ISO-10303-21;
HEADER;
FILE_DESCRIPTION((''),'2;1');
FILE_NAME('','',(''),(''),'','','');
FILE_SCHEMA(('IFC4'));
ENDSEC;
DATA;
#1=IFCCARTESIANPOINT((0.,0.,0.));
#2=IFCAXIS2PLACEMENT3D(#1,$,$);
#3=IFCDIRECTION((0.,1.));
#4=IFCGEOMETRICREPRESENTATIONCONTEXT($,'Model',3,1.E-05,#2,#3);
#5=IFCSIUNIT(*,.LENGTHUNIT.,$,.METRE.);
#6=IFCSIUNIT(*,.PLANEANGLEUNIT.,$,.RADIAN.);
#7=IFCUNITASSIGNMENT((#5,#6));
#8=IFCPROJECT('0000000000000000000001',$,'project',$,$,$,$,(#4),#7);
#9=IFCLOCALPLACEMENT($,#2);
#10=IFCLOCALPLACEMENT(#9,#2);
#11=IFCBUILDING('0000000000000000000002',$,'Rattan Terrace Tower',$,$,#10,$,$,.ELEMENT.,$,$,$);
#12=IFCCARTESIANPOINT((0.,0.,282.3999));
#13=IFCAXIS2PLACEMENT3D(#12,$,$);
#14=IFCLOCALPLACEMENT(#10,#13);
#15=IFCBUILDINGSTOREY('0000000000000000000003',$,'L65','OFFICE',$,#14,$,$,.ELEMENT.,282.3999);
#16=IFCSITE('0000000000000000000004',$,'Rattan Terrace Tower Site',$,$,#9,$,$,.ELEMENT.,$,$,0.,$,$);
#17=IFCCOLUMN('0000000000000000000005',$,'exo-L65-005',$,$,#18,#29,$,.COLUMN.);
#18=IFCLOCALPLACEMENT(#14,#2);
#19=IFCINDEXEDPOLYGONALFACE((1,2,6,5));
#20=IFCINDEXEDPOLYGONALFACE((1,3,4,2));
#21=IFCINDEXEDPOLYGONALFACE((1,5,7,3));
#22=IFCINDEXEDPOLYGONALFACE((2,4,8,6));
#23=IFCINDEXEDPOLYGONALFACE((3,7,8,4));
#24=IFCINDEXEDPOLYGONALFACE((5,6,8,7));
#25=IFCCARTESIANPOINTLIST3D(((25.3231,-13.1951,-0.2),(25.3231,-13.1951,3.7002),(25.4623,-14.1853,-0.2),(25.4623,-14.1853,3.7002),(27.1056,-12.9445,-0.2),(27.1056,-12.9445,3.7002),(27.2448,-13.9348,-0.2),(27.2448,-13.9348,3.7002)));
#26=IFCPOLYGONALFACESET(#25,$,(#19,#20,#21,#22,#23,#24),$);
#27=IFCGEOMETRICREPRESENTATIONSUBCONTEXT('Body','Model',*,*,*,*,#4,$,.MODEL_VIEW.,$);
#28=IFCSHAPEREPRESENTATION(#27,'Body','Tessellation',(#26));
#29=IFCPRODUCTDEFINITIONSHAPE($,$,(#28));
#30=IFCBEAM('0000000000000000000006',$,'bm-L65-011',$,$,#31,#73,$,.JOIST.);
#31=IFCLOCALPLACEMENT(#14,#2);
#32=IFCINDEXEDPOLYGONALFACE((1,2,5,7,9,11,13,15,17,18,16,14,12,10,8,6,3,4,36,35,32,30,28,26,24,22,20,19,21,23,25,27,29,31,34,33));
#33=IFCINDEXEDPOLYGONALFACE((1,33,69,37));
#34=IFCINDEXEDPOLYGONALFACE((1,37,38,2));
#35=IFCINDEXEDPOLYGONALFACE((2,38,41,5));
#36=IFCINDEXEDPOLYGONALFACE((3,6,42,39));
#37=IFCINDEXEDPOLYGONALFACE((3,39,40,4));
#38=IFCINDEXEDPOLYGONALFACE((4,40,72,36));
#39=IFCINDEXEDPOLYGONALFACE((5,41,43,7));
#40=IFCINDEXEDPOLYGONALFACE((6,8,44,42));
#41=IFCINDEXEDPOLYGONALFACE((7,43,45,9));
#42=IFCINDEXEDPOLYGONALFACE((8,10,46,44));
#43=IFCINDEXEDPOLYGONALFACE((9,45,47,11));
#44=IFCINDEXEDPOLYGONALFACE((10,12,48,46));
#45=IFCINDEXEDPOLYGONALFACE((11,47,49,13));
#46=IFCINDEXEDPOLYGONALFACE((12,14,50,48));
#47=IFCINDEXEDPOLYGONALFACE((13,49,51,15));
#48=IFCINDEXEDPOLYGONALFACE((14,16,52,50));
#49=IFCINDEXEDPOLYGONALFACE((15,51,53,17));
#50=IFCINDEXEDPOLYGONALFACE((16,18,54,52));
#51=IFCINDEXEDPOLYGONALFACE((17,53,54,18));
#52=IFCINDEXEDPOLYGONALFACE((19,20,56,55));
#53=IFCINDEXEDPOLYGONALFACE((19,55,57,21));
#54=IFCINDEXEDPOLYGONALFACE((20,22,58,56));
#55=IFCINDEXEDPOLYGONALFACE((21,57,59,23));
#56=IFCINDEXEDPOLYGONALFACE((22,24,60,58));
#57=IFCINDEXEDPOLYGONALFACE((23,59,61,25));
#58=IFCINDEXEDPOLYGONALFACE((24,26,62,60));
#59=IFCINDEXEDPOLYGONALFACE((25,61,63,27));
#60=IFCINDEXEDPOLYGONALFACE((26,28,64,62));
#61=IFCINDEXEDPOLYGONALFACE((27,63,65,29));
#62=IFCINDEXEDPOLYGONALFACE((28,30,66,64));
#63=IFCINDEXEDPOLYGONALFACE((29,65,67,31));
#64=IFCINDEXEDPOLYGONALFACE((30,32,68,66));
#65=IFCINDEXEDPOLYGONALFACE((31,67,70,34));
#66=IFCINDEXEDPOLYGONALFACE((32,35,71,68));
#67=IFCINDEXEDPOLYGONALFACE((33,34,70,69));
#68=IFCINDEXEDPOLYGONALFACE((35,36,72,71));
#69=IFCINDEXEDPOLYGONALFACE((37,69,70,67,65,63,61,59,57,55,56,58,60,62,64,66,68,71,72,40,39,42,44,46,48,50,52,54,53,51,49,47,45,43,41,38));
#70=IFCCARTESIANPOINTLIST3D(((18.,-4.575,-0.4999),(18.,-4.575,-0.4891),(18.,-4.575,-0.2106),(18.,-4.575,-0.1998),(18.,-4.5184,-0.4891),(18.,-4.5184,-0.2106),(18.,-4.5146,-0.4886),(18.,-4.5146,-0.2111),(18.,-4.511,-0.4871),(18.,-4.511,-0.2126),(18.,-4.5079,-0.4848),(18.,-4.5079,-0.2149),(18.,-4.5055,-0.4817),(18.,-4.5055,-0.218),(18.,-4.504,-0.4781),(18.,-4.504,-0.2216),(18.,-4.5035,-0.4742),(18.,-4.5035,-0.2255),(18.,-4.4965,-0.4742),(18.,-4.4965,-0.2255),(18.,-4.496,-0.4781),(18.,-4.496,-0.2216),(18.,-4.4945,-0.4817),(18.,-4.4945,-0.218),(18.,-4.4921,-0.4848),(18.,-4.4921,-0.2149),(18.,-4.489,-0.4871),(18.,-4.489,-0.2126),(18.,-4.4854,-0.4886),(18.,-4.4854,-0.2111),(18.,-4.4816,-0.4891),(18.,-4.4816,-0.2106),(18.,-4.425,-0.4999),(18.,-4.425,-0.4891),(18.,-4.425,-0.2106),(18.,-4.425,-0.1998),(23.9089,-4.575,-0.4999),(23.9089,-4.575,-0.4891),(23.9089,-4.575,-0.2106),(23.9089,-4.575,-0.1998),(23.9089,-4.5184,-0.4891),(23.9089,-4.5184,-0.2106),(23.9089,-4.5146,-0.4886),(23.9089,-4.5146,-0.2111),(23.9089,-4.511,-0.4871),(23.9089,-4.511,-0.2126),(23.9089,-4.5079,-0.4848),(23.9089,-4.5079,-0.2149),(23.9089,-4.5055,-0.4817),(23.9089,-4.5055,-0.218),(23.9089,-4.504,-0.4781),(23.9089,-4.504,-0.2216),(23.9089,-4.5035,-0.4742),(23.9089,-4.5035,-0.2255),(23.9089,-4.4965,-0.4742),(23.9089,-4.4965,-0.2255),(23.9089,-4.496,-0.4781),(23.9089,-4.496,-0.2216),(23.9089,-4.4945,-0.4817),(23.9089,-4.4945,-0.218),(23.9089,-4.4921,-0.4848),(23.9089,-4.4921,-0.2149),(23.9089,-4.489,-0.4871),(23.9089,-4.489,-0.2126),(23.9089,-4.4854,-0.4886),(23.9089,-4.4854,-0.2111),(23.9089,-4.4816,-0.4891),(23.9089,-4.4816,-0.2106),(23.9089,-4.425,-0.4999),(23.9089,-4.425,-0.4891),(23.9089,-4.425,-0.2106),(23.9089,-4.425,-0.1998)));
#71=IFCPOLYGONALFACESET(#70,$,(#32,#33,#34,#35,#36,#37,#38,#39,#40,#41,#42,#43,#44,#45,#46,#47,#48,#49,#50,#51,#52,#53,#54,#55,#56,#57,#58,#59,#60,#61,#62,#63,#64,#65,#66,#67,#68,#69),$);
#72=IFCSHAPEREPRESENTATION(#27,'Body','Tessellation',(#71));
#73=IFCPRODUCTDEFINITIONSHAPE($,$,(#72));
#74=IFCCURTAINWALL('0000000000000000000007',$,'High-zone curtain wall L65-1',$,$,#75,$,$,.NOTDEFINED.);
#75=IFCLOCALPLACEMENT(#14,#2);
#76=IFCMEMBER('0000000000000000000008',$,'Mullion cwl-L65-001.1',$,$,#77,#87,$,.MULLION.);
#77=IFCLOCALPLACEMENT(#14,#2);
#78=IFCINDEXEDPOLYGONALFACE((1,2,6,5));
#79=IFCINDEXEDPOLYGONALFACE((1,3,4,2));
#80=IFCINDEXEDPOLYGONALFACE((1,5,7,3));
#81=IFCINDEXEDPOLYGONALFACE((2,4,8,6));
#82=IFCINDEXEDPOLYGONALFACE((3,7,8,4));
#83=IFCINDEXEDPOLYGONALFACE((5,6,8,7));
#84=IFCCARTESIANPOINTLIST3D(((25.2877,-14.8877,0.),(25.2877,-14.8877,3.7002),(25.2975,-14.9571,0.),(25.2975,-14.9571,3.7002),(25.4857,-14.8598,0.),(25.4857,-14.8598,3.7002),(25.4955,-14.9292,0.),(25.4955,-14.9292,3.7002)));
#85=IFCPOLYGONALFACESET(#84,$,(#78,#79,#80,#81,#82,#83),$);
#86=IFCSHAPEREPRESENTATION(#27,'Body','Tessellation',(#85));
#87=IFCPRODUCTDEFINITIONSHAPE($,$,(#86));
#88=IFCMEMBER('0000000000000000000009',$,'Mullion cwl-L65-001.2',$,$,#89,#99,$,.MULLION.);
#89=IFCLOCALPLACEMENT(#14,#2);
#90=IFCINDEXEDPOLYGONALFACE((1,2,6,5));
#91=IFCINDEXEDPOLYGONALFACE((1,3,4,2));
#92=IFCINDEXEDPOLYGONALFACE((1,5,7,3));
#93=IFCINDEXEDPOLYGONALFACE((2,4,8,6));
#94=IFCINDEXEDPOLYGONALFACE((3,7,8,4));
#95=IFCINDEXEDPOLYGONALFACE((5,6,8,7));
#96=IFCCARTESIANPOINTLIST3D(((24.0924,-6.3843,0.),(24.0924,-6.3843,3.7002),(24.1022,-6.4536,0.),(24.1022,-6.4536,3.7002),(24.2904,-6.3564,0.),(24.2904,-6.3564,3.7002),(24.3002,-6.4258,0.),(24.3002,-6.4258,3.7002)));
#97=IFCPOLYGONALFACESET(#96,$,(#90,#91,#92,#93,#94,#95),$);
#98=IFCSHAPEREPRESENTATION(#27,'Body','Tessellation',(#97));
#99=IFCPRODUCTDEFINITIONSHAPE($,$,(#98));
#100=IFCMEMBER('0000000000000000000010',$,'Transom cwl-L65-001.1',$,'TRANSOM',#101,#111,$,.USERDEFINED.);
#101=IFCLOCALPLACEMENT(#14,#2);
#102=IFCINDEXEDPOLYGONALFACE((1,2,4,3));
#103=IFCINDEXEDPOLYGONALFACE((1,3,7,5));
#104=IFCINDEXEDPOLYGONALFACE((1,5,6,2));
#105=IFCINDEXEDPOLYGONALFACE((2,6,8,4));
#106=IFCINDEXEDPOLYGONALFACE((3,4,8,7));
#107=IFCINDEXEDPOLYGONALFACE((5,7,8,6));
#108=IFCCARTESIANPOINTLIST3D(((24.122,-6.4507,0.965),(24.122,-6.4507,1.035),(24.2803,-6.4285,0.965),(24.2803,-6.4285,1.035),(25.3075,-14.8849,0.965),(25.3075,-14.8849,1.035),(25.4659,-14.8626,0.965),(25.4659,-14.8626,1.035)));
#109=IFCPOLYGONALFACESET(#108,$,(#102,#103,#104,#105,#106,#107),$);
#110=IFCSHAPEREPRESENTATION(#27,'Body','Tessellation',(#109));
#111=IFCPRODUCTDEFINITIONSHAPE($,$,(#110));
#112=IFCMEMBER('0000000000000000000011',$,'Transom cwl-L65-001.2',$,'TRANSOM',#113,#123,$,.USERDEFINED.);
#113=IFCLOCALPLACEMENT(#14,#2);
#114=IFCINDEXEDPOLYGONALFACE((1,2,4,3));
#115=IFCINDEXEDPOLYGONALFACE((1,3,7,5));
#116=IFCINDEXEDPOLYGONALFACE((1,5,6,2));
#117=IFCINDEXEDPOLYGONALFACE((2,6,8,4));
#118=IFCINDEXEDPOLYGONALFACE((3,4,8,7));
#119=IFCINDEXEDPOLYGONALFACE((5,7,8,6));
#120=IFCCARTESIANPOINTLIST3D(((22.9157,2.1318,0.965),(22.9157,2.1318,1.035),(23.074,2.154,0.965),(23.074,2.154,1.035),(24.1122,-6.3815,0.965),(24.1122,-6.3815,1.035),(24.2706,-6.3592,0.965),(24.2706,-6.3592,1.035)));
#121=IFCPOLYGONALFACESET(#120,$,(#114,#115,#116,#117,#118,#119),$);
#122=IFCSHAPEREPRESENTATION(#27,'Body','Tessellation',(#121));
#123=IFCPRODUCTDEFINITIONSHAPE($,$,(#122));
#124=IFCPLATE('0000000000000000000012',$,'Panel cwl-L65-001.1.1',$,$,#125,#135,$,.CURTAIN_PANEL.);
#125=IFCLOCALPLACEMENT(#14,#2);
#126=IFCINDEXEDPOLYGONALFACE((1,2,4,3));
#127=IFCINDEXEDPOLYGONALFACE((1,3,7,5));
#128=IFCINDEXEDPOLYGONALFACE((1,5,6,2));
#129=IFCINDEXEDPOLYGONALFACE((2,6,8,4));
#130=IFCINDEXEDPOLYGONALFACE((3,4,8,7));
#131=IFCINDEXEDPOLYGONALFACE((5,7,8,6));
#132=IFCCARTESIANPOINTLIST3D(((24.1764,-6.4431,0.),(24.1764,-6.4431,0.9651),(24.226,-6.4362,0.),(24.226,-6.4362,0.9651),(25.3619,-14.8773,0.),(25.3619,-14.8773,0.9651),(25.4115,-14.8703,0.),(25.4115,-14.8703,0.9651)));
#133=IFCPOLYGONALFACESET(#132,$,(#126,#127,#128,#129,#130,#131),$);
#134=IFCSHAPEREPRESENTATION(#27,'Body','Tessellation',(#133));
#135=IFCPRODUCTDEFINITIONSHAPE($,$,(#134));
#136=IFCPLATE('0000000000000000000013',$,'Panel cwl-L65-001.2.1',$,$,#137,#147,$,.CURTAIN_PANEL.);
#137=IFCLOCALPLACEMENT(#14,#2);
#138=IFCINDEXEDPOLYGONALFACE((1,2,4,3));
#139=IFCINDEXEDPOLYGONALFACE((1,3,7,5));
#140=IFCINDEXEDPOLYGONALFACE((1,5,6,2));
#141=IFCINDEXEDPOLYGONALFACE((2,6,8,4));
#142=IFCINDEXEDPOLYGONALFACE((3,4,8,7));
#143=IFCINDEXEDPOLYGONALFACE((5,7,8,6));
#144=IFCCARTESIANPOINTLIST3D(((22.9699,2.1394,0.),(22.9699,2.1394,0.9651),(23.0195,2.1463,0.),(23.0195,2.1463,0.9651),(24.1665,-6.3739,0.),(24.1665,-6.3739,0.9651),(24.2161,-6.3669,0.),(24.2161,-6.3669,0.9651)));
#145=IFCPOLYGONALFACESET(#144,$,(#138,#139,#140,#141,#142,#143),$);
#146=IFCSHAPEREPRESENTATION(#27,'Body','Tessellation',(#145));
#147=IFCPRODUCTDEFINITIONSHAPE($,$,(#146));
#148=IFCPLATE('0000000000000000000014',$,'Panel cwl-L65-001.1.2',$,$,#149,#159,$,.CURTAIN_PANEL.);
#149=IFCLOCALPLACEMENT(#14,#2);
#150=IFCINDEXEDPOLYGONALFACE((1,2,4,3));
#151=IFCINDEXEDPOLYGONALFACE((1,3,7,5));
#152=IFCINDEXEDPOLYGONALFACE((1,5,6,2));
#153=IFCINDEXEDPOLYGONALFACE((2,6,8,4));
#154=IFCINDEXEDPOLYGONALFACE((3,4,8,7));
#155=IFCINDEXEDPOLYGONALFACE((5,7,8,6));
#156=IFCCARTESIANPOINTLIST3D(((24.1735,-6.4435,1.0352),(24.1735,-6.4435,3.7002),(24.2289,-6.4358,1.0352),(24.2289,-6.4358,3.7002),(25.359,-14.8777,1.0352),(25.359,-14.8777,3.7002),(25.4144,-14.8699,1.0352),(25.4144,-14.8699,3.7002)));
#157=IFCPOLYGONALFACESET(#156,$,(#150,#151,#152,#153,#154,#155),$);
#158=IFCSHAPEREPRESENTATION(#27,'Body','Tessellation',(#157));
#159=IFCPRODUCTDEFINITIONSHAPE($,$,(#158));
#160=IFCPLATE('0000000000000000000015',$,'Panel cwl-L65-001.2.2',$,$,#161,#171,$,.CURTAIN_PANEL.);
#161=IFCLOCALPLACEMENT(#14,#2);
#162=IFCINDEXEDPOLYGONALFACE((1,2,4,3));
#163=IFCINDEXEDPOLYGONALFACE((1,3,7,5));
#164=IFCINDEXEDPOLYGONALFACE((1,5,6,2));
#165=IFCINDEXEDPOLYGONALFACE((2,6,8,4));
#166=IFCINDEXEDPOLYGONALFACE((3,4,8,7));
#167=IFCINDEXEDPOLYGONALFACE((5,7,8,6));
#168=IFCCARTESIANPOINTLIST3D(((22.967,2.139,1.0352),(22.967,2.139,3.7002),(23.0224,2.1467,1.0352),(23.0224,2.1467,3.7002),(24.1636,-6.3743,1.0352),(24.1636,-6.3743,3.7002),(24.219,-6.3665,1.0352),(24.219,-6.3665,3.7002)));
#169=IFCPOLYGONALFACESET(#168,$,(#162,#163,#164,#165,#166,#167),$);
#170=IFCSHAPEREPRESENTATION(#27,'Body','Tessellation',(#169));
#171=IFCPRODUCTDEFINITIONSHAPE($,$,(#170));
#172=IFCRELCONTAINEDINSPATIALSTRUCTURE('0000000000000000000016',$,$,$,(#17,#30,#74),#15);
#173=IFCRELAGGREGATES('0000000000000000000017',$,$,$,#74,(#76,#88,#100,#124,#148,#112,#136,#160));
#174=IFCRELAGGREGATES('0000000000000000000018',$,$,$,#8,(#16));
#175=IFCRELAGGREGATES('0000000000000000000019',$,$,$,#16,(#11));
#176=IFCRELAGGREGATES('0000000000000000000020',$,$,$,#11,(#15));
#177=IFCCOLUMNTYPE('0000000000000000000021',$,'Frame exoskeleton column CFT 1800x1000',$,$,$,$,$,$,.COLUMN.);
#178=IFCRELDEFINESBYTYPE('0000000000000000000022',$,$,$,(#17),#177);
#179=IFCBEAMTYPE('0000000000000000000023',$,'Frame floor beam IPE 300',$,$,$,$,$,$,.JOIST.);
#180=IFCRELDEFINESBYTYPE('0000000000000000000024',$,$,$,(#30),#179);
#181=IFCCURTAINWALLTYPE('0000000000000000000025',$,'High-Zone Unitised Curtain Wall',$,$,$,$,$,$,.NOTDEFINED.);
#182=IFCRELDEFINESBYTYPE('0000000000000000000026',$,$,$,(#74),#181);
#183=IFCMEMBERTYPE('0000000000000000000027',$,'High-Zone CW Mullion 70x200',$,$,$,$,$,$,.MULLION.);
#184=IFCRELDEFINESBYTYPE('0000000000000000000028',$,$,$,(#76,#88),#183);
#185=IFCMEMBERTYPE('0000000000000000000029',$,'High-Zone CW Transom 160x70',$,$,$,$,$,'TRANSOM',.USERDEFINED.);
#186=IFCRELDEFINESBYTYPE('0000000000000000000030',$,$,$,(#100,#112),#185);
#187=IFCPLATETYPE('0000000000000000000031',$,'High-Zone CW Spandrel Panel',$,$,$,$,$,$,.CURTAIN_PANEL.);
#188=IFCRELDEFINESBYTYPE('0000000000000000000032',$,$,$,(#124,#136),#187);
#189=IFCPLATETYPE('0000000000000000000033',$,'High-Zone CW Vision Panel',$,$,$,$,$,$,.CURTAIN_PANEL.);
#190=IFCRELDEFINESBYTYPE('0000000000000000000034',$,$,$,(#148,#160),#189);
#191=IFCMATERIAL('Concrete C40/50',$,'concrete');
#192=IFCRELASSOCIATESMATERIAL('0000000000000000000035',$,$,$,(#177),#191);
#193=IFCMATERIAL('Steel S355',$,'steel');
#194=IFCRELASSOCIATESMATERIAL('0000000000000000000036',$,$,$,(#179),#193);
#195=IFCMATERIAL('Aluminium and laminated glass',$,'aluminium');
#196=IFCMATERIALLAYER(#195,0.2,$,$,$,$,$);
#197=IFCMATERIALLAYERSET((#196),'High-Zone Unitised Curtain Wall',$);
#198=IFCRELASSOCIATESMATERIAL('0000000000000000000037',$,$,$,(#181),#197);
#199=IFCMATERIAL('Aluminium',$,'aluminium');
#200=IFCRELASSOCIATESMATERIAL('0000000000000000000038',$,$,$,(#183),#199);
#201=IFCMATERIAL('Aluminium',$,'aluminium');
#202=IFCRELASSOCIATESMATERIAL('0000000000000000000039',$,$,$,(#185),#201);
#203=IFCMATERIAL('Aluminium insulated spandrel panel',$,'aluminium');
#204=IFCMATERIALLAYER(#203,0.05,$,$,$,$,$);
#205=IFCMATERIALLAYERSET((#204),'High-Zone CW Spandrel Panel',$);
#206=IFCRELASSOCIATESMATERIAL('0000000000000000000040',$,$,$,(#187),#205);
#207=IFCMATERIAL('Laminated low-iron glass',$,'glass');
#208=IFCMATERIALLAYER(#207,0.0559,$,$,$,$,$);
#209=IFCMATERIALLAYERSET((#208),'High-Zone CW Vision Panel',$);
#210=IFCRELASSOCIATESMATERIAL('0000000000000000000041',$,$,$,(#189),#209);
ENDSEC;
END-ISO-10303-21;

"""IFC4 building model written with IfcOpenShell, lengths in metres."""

from ifc_helpers import new_model, si_unit, direction, frame, origin, origin_2d, place, context, subcontext, project, spatial, rectangle, i_section, extrude, material, layer, layer_set, material_profile, profile_set, type_object, element, aggregate, save


model = new_model("IFC4")

# Units and contexts
model_context = context("Model", 3, precision=1e-05, world=origin(), true_north=direction((0.0, 1.0)))
body_context = subcontext(model_context, "Body", "Model", "MODEL_VIEW")
ifc_project = project(units=[si_unit("LENGTHUNIT", "METRE"), si_unit("PLANEANGLEUNIT", "RADIAN")], contexts=[model_context])

# Site, building, storey
site_placement = place(None, origin())
site = spatial("IfcSite", under=ifc_project, at=site_placement, Name="Rattan Terrace Tower Site", CompositionType="ELEMENT", RefElevation=0.0)
building_placement = place(site_placement, origin())
building = spatial("IfcBuilding", under=site, at=building_placement, Name="Rattan Terrace Tower", CompositionType="ELEMENT")
storey_placement = place(building_placement, frame((0.0, 0.0, 282.3999)))
storey = spatial("IfcBuildingStorey", under=building, at=storey_placement, Name="L65", Description="OFFICE", CompositionType="ELEMENT", Elevation=282.3999)

# Column
ifc_material_1 = material(Name="Concrete C40/50", Category="concrete")
ifc_material_profile_1 = material_profile(ifc_material_1, rectangle(XDim=1.0, YDim=1.8, at=origin_2d()), Name="CFT 1800x1000")
ifc_profile_set_1 = profile_set([ifc_material_profile_1], Name="Concrete C40/50")
column_type = type_object("IfcColumnType", Name="Frame exoskeleton column CFT 1800x1000", PredefinedType="COLUMN", material=ifc_profile_set_1)
column_placement = place(storey_placement, frame((26.2839, -13.5649, -0.2), z_axis=(0.0, 0.0, 1.0), x_axis=(-0.13919, 0.990266, 0.0)))
element("IfcColumn", 1, at=column_placement, inside=storey, type_object=column_type, Name="exo-L65-005", PredefinedType="COLUMN", context=body_context, shape_type="SweptSolid", body=[
    extrude(rectangle(XDim=1.0, YDim=1.8, at=origin_2d()), origin(), (0.0, 0.0, 1.0), 3.9001),
])

# Beam
ifc_material_2 = material(Name="Steel S355", Category="steel")
ifc_material_profile_2 = material_profile(ifc_material_2, i_section(OverallWidth=0.1499, OverallDepth=0.3, WebThickness=0.0071, FlangeThickness=0.0107, FilletRadius=0.0149, at=origin_2d()), Name="IPE 300")
ifc_profile_set_2 = profile_set([ifc_material_profile_2], Name="Steel S355")
beam_type = type_object("IfcBeamType", Name="Frame floor beam IPE 300", PredefinedType="JOIST", material=ifc_profile_set_2)
beam_placement = place(storey_placement, frame((18.0, -4.5, -0.3499), z_axis=(1.0, 0.0, 0.0), x_axis=(0.0, 1.0, 0.0)))
element("IfcBeam", 2, at=beam_placement, inside=storey, type_object=beam_type, Name="bm-L65-011", PredefinedType="JOIST", context=body_context, shape_type="SweptSolid", body=[
    extrude(i_section(OverallWidth=0.1499, OverallDepth=0.3, WebThickness=0.0071, FlangeThickness=0.0107, FilletRadius=0.0149, at=origin_2d()), origin(), (0.0, 0.0, 1.0), 5.9089),
])

# Curtain wall, members, plates
ifc_material_3 = material(Name="Aluminium and laminated glass", Category="aluminium")
ifc_layer_1 = layer(ifc_material_3, 0.2)
ifc_layer_set_1 = layer_set([ifc_layer_1], Name="High-Zone Unitised Curtain Wall")
curtain_wall_type = type_object("IfcCurtainWallType", Name="High-Zone Unitised Curtain Wall", PredefinedType="NOTDEFINED", material=ifc_layer_set_1)
curtain_wall_placement = place(storey_placement, origin())
curtain_wall = element("IfcCurtainWall", 3, at=curtain_wall_placement, inside=storey, type_object=curtain_wall_type, Name="High-zone curtain wall L65-1", PredefinedType="NOTDEFINED")
ifc_material_4 = material(Name="Aluminium", Category="aluminium")
ifc_material_profile_3 = material_profile(ifc_material_4, rectangle(XDim=0.0701, YDim=0.2, at=origin_2d()), Name="Aluminium 70x200")
ifc_profile_set_3 = profile_set([ifc_material_profile_3], Name="Aluminium")
member_type_1 = type_object("IfcMemberType", Name="High-Zone CW Mullion 70x200", PredefinedType="MULLION", material=ifc_profile_set_3)
member_1_placement = place(storey_placement, frame((25.3916, -14.9084, 0.0), z_axis=(0.0, 0.0, 1.0), x_axis=(-0.139192, 0.990265, 0.0)))
member_1 = element("IfcMember", 4, at=member_1_placement, type_object=member_type_1, Name="Mullion cwl-L65-001.1", PredefinedType="MULLION", context=body_context, shape_type="SweptSolid", body=[
    extrude(rectangle(XDim=0.0701, YDim=0.2, at=origin_2d()), origin(), (0.0, 0.0, 1.0), 3.7002),
])
member_2_placement = place(storey_placement, frame((24.1963, -6.405, 0.0), z_axis=(0.0, 0.0, 1.0), x_axis=(-0.139192, 0.990265, 0.0)))
member_2 = element("IfcMember", 5, at=member_2_placement, type_object=member_type_1, Name="Mullion cwl-L65-001.2", PredefinedType="MULLION", context=body_context, shape_type="SweptSolid", body=[
    extrude(rectangle(XDim=0.0701, YDim=0.2, at=origin_2d()), origin(), (0.0, 0.0, 1.0), 3.7002),
])
ifc_material_5 = material(Name="Aluminium", Category="aluminium")
ifc_material_profile_4 = material_profile(ifc_material_5, rectangle(XDim=0.1599, YDim=0.0701, at=origin_2d()), Name="Aluminium 160x70")
ifc_profile_set_4 = profile_set([ifc_material_profile_4], Name="Aluminium")
member_type_2 = type_object("IfcMemberType", Name="High-Zone CW Transom 160x70", ElementType="TRANSOM", PredefinedType="USERDEFINED", material=ifc_profile_set_4)
member_3_placement = place(storey_placement, frame((25.3867, -14.8738, 1.0), z_axis=(-0.139198, 0.990265, 0.0), x_axis=(-0.990265, -0.139198, 0.0)))
member_3 = element("IfcMember", 6, at=member_3_placement, type_object=member_type_2, Name="Transom cwl-L65-001.1", ObjectType="TRANSOM", PredefinedType="USERDEFINED", context=body_context, shape_type="SweptSolid", body=[
    extrude(rectangle(XDim=0.1599, YDim=0.0701, at=origin_2d()), origin(), (0.0, 0.0, 1.0), 8.5171),
])
member_4_placement = place(storey_placement, frame((24.1914, -6.3704, 1.0), z_axis=(-0.139183, 0.990267, 0.0), x_axis=(-0.990267, -0.139183, 0.0)))
member_4 = element("IfcMember", 7, at=member_4_placement, type_object=member_type_2, Name="Transom cwl-L65-001.2", ObjectType="TRANSOM", PredefinedType="USERDEFINED", context=body_context, shape_type="SweptSolid", body=[
    extrude(rectangle(XDim=0.1599, YDim=0.0701, at=origin_2d()), origin(), (0.0, 0.0, 1.0), 8.5969),
])
ifc_material_6 = material(Name="Aluminium insulated spandrel panel", Category="aluminium")
ifc_layer_2 = layer(ifc_material_6, 0.05)
ifc_layer_set_2 = layer_set([ifc_layer_2], Name="High-Zone CW Spandrel Panel")
plate_type_1 = type_object("IfcPlateType", Name="High-Zone CW Spandrel Panel", PredefinedType="CURTAIN_PANEL", material=ifc_layer_set_2)
plate_1_placement = place(storey_placement, frame((24.7939, -10.6567, 0.0), z_axis=(0.0, 0.0, 1.0), x_axis=(-0.139192, 0.990265, 0.0)))
plate_1 = element("IfcPlate", 8, at=plate_1_placement, type_object=plate_type_1, Name="Panel cwl-L65-001.1.1", PredefinedType="CURTAIN_PANEL", context=body_context, shape_type="SweptSolid", body=[
    extrude(rectangle(XDim=8.5171, YDim=0.05, at=origin_2d()), origin(), (0.0, 0.0, 1.0), 0.9651),
])
plate_2_placement = place(storey_placement, frame((23.593, -2.1138, 0.0), z_axis=(0.0, 0.0, 1.0), x_axis=(-0.139192, 0.990265, 0.0)))
plate_2 = element("IfcPlate", 9, at=plate_2_placement, type_object=plate_type_1, Name="Panel cwl-L65-001.2.1", PredefinedType="CURTAIN_PANEL", context=body_context, shape_type="SweptSolid", body=[
    extrude(rectangle(XDim=8.5969, YDim=0.05, at=origin_2d()), origin(), (0.0, 0.0, 1.0), 0.9651),
])
ifc_material_7 = material(Name="Laminated low-iron glass", Category="glass")
ifc_layer_3 = layer(ifc_material_7, 0.0559)
ifc_layer_set_3 = layer_set([ifc_layer_3], Name="High-Zone CW Vision Panel")
plate_type_2 = type_object("IfcPlateType", Name="High-Zone CW Vision Panel", PredefinedType="CURTAIN_PANEL", material=ifc_layer_set_3)
plate_3_placement = place(storey_placement, frame((24.7939, -10.6567, 1.0352), z_axis=(0.0, 0.0, 1.0), x_axis=(-0.139192, 0.990265, 0.0)))
plate_3 = element("IfcPlate", 10, at=plate_3_placement, type_object=plate_type_2, Name="Panel cwl-L65-001.1.2", PredefinedType="CURTAIN_PANEL", context=body_context, shape_type="SweptSolid", body=[
    extrude(rectangle(XDim=8.5171, YDim=0.0559, at=origin_2d()), origin(), (0.0, 0.0, 1.0), 2.665),
])
plate_4_placement = place(storey_placement, frame((23.593, -2.1138, 1.0352), z_axis=(0.0, 0.0, 1.0), x_axis=(-0.139192, 0.990265, 0.0)))
plate_4 = element("IfcPlate", 11, at=plate_4_placement, type_object=plate_type_2, Name="Panel cwl-L65-001.2.2", PredefinedType="CURTAIN_PANEL", context=body_context, shape_type="SweptSolid", body=[
    extrude(rectangle(XDim=8.5969, YDim=0.0559, at=origin_2d()), origin(), (0.0, 0.0, 1.0), 2.665),
])
aggregate(curtain_wall, [member_1, member_2, member_3, plate_1, plate_3, member_4, plate_2, plate_4])

save(model, "model.ifc")
